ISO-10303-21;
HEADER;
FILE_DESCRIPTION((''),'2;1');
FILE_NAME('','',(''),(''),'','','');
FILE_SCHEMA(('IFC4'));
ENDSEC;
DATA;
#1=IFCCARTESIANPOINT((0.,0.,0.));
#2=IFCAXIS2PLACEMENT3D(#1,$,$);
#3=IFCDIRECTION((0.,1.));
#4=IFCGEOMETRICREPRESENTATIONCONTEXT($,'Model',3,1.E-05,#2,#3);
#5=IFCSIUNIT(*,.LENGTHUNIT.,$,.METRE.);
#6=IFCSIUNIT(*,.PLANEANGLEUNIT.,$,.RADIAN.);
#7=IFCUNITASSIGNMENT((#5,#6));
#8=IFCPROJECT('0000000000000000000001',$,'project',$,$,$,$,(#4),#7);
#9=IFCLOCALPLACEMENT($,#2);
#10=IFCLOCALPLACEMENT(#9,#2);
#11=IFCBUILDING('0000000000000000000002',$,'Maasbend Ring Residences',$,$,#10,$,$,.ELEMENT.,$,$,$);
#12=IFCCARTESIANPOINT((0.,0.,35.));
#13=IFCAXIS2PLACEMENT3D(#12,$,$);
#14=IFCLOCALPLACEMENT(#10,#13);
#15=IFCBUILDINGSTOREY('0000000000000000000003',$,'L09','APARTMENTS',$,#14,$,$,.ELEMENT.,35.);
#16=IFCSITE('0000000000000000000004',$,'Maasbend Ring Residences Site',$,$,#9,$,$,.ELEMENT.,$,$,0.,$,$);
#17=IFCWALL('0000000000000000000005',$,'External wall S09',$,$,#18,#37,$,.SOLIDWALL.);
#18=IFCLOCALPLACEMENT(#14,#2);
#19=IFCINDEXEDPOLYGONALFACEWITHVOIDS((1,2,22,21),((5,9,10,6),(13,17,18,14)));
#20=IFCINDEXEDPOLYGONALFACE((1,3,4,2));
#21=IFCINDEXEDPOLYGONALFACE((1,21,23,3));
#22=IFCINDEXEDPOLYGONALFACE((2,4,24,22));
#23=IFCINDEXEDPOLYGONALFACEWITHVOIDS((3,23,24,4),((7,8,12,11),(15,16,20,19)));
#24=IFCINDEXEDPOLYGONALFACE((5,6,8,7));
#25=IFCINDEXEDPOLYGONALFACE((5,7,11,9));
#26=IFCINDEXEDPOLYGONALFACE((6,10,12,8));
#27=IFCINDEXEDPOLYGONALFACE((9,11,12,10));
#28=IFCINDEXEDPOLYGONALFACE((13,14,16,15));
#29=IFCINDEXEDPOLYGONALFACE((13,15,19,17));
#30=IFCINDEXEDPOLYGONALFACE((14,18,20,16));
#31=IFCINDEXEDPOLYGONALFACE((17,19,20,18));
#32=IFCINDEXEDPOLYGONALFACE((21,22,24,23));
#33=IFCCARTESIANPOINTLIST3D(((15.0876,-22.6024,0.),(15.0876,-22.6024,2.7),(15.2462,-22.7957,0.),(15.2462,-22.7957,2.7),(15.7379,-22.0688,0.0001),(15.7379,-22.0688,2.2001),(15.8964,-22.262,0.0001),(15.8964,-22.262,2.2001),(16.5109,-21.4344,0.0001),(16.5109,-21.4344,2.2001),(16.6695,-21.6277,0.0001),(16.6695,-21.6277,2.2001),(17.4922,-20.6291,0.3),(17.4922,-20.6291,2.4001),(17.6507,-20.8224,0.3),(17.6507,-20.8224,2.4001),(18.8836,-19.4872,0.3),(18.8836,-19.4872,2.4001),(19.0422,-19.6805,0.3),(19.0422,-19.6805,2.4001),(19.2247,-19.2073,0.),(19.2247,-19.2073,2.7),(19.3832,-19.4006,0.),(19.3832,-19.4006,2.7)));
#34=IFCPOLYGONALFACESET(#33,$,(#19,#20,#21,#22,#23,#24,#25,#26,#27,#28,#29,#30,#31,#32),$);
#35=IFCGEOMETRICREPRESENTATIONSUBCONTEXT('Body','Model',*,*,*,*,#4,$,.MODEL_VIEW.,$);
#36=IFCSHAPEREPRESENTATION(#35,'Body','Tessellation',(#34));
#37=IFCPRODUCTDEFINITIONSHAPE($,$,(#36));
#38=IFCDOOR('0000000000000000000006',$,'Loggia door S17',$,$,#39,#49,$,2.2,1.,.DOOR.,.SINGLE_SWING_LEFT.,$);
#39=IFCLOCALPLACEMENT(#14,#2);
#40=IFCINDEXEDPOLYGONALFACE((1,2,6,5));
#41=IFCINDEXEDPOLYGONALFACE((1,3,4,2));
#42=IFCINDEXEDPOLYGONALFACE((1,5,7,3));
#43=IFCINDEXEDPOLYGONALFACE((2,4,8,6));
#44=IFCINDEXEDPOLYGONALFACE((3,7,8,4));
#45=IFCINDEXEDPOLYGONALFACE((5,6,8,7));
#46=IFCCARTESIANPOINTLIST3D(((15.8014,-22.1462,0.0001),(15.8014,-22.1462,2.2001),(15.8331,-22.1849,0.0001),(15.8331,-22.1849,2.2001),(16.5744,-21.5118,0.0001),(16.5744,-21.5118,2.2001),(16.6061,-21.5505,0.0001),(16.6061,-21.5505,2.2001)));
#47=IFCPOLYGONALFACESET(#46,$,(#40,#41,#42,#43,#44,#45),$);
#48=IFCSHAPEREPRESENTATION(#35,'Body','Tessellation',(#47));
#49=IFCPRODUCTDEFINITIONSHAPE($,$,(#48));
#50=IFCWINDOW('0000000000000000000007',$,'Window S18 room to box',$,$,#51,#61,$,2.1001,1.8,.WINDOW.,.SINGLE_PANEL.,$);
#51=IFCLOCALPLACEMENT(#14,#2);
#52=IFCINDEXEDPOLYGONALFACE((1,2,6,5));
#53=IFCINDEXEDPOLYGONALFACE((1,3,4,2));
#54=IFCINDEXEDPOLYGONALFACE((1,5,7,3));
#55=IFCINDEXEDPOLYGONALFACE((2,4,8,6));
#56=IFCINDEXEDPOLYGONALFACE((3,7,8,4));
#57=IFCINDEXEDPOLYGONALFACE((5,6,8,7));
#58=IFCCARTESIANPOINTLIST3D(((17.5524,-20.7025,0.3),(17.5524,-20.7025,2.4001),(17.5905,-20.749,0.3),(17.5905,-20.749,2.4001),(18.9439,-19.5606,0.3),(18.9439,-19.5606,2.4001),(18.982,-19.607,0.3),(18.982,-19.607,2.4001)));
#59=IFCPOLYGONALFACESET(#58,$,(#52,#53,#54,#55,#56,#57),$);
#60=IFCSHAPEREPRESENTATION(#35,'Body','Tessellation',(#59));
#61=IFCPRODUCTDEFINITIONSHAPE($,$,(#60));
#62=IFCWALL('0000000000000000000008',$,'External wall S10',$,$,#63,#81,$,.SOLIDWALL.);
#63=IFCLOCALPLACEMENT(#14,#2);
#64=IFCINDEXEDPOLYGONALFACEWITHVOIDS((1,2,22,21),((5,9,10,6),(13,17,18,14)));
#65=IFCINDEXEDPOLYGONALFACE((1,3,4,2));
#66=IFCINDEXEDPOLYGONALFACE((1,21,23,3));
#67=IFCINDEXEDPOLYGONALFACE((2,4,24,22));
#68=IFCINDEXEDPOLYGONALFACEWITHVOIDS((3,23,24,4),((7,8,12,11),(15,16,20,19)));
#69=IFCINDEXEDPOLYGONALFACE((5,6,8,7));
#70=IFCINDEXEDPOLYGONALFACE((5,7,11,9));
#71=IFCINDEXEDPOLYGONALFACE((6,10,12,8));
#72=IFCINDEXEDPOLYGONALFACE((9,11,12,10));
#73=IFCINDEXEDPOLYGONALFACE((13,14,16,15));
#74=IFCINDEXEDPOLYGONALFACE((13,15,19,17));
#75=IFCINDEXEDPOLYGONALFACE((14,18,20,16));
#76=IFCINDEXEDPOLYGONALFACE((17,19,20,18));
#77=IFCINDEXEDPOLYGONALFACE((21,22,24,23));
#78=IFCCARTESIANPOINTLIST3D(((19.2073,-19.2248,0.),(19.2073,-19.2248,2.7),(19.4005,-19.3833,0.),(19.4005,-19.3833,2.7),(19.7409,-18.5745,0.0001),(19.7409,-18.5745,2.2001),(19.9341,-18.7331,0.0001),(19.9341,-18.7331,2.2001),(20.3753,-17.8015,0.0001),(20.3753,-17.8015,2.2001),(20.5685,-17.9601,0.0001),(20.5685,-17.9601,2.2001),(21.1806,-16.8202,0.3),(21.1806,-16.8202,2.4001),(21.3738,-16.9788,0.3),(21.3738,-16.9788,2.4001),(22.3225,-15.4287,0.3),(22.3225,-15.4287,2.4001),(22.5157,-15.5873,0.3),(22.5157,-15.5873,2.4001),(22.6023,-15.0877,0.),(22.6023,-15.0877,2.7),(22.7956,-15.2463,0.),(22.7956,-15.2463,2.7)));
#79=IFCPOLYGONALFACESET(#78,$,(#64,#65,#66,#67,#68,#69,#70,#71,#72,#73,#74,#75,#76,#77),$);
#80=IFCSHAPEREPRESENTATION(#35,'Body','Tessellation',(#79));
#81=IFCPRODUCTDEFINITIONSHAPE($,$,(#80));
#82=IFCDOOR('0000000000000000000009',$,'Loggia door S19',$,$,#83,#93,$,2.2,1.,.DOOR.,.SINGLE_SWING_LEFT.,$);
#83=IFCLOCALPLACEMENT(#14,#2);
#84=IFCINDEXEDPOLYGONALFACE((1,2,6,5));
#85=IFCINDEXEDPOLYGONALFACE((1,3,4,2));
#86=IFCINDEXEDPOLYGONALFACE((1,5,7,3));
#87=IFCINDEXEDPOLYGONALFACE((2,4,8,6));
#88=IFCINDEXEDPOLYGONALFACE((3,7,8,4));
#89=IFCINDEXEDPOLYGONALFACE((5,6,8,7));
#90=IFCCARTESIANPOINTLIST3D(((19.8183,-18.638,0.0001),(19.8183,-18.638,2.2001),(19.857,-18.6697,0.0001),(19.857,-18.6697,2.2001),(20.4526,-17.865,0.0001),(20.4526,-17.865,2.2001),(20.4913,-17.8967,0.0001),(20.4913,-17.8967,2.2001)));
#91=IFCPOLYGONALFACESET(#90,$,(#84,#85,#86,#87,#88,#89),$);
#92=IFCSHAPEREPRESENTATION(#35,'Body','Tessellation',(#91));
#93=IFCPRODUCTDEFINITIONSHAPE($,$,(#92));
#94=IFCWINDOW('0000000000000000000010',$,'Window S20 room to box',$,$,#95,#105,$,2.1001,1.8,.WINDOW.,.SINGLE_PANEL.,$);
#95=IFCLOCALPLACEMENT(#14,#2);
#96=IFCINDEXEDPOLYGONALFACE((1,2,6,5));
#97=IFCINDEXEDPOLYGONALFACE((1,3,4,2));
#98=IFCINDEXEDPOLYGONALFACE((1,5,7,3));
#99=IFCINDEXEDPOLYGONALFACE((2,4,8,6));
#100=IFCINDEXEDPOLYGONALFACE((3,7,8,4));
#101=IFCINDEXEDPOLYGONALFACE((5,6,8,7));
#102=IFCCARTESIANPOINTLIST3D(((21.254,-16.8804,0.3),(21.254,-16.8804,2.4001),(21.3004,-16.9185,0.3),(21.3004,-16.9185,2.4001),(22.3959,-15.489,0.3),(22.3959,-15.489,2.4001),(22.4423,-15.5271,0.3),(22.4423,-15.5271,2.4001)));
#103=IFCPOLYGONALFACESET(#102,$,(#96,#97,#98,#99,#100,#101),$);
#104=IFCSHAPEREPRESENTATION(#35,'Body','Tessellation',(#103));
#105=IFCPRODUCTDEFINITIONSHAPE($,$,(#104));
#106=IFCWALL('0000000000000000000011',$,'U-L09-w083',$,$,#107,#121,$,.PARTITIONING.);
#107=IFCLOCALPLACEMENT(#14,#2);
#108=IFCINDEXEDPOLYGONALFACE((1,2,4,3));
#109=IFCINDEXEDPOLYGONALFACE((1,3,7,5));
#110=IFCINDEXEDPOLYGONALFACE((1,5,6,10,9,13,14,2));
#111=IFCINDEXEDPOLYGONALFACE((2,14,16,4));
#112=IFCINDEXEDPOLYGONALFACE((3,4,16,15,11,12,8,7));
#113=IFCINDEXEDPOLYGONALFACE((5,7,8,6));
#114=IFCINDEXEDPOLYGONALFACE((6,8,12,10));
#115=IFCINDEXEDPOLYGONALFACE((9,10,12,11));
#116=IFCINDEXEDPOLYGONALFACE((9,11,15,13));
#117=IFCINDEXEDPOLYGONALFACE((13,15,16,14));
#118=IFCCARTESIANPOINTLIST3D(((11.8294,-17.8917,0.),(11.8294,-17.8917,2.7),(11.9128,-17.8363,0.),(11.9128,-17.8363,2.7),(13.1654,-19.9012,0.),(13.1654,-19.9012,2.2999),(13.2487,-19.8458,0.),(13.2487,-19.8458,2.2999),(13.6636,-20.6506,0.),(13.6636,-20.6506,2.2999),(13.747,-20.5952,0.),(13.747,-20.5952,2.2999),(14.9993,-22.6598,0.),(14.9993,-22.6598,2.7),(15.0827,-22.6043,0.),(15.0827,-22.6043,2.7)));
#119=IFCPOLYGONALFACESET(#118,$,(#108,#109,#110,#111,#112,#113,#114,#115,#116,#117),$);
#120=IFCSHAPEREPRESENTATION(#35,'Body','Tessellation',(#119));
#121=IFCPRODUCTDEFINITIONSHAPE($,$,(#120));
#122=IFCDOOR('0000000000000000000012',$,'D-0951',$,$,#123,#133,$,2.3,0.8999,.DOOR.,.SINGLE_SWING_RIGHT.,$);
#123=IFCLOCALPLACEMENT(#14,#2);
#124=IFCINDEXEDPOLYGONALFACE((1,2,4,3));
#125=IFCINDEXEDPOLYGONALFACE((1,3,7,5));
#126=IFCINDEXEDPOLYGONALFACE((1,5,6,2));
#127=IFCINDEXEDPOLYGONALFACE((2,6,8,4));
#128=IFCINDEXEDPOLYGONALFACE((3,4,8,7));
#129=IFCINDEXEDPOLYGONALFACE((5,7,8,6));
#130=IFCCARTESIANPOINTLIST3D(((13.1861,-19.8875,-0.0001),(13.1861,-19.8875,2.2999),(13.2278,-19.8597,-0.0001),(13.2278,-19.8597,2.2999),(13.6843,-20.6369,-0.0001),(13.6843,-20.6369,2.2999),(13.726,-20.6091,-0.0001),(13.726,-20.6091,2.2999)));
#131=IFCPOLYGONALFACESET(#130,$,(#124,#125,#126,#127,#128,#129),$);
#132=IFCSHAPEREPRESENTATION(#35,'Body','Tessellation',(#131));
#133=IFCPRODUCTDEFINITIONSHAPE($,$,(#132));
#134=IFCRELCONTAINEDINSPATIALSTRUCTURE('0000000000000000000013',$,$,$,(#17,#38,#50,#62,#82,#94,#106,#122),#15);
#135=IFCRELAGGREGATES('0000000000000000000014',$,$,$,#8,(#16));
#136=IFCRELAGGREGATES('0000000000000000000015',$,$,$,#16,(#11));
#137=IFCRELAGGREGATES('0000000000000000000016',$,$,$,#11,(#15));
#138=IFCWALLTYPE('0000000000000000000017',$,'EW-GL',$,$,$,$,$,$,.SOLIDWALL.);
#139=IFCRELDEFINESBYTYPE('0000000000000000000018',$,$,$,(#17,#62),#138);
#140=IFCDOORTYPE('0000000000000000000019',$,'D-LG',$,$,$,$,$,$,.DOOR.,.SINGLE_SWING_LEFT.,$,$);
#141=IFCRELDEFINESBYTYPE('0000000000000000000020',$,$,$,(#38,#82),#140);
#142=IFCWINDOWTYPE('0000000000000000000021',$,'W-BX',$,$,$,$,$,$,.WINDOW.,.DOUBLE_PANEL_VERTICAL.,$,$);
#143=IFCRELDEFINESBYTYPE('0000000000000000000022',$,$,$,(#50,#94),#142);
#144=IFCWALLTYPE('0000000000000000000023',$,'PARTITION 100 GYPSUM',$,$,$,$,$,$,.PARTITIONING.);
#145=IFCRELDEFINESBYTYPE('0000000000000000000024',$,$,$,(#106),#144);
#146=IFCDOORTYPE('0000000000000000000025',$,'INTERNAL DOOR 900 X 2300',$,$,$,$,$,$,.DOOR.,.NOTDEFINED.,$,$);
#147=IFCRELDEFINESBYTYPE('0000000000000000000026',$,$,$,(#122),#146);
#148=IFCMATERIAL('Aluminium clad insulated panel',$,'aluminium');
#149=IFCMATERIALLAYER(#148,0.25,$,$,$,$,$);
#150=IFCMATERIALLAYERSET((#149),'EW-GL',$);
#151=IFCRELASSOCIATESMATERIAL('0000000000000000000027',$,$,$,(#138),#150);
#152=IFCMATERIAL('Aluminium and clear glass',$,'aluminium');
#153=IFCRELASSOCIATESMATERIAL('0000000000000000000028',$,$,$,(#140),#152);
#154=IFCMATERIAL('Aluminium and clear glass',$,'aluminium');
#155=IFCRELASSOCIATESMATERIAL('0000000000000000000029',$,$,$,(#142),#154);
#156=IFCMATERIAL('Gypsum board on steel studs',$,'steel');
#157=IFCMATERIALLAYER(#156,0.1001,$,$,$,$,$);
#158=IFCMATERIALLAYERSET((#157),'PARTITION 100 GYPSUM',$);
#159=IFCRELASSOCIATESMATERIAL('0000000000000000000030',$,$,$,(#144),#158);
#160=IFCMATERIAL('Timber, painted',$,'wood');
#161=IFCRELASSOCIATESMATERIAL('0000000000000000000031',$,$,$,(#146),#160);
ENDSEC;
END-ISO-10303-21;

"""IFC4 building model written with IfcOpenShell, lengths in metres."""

from ifc_helpers import new_model, si_unit, direction, frame, frame_2d, origin, place, context, subcontext, project, spatial, rectangle, extrude, material, layer, layer_set, type_object, element, fill, save


model = new_model("IFC4")

# Units and contexts
model_context = context("Model", 3, precision=1e-05, world=origin(), true_north=direction((0.0, 1.0)))
body_context = subcontext(model_context, "Body", "Model", "MODEL_VIEW")
ifc_project = project(units=[si_unit("LENGTHUNIT", "METRE"), si_unit("PLANEANGLEUNIT", "RADIAN")], contexts=[model_context])

# Site, building, storey
site_placement = place(None, origin())
site = spatial("IfcSite", under=ifc_project, at=site_placement, Name="Maasbend Ring Residences Site", CompositionType="ELEMENT", RefElevation=0.0)
building_placement = place(site_placement, origin())
building = spatial("IfcBuilding", under=site, at=building_placement, Name="Maasbend Ring Residences", CompositionType="ELEMENT")
storey_placement = place(building_placement, frame((0.0, 0.0, 35.0)))
storey = spatial("IfcBuildingStorey", under=building, at=storey_placement, Name="L09", Description="APARTMENTS", CompositionType="ELEMENT", Elevation=35.0)

# Walls, openings, doors, windows
ifc_material_1 = material(Name="Aluminium clad insulated panel", Category="aluminium")
ifc_layer_1 = layer(ifc_material_1, 0.25)
ifc_layer_set_1 = layer_set([ifc_layer_1], Name="EW-GL")
wall_type_1 = type_object("IfcWallType", Name="EW-GL", PredefinedType="SOLIDWALL", material=ifc_layer_set_1)
ifc_material_2 = material(Name="Aluminium and clear glass", Category="aluminium")
door_type_1 = type_object("IfcDoorType", Name="D-LG", OperationType="SINGLE_SWING_LEFT", PredefinedType="DOOR", material=ifc_material_2)
ifc_material_3 = material(Name="Aluminium and clear glass", Category="aluminium")
window_type_1 = type_object("IfcWindowType", Name="W-BX", PartitioningType="DOUBLE_PANEL_VERTICAL", PredefinedType="WINDOW", material=ifc_material_3)
wall_1_placement = place(storey_placement, frame((15.167, -22.699, 0.0), z_axis=(0.0, 0.0, 1.0), x_axis=(0.773019, 0.634382, 0.0)))
wall_1 = element("IfcWall", 1, at=wall_1_placement, inside=storey, type_object=wall_type_1, Name="External wall S09", PredefinedType="SOLIDWALL", context=body_context, shape_type="SweptSolid", body=[
    extrude(rectangle(XDim=5.3518, YDim=0.25, at=frame_2d((2.6758, 0.0))), origin(), (0.0, 0.0, 1.0), 2.7),
])
opening_1_placement = place(wall_1_placement, frame((0.8411, 0.0, 0.0)))
opening_1 = element("IfcOpeningElement", 2, at=opening_1_placement, cuts=wall_1, PredefinedType="OPENING", context=body_context, shape_type="SweptSolid", body=[
    extrude(rectangle(XDim=1.0, YDim=2.2, at=frame_2d((0.5, 1.1001))), frame((0.0, 0.135, 0.0), z_axis=(0.0, -1.0, 0.0), x_axis=(1.0, 0.0, 0.0)), (0.0, 0.0, 1.0), 0.27),
])
opening_2_placement = place(wall_1_placement, frame((3.1106, 0.0, 0.3)))
opening_2 = element("IfcOpeningElement", 3, at=opening_2_placement, cuts=wall_1, PredefinedType="OPENING", context=body_context, shape_type="SweptSolid", body=[
    extrude(rectangle(XDim=1.8, YDim=2.1001, at=frame_2d((0.8999, 1.05))), frame((0.0, 0.135, 0.0), z_axis=(0.0, -1.0, 0.0), x_axis=(1.0, 0.0, 0.0)), (0.0, 0.0, 1.0), 0.27),
])
door_1_placement = place(opening_1_placement, origin())
door_1 = element("IfcDoor", 4, at=door_1_placement, inside=storey, type_object=door_type_1, Name="Loggia door S17", OperationType="SINGLE_SWING_LEFT", OverallHeight=2.2, OverallWidth=1.0, PredefinedType="DOOR", context=body_context, shape_type="SweptSolid", body=[
    extrude(rectangle(XDim=1.0, YDim=2.2, at=frame_2d((0.5, 1.1001))), frame((0.0, 0.0249, 0.0), z_axis=(0.0, -1.0, 0.0), x_axis=(1.0, 0.0, 0.0)), (0.0, 0.0, 1.0), 0.05),
])
fill(opening_1, door_1)
window_1_placement = place(opening_2_placement, origin())
window_1 = element("IfcWindow", 5, at=window_1_placement, inside=storey, type_object=window_type_1, Name="Window S18 room to box", OverallHeight=2.1001, OverallWidth=1.8, PartitioningType="SINGLE_PANEL", PredefinedType="WINDOW", context=body_context, shape_type="SweptSolid", body=[
    extrude(rectangle(XDim=1.8, YDim=2.1001, at=frame_2d((0.8999, 1.05))), frame((0.0, 0.03, 0.0), z_axis=(0.0, -1.0, 0.0), x_axis=(1.0, 0.0, 0.0)), (0.0, 0.0, 1.0), 0.0601),
])
fill(opening_2, window_1)
wall_2_placement = place(storey_placement, frame((19.304, -19.304, 0.0), z_axis=(0.0, 0.0, 1.0), x_axis=(0.634382, 0.773019, 0.0)))
wall_2 = element("IfcWall", 6, at=wall_2_placement, inside=storey, type_object=wall_type_1, Name="External wall S10", PredefinedType="SOLIDWALL", context=body_context, shape_type="SweptSolid", body=[
    extrude(rectangle(XDim=5.3518, YDim=0.25, at=frame_2d((2.6758, 0.0))), origin(), (0.0, 0.0, 1.0), 2.7),
])
opening_3_placement = place(wall_2_placement, frame((0.8411, 0.0, 0.0)))
opening_3 = element("IfcOpeningElement", 7, at=opening_3_placement, cuts=wall_2, PredefinedType="OPENING", context=body_context, shape_type="SweptSolid", body=[
    extrude(rectangle(XDim=1.0, YDim=2.2, at=frame_2d((0.5, 1.1001))), frame((0.0, 0.135, 0.0), z_axis=(0.0, -1.0, 0.0), x_axis=(1.0, 0.0, 0.0)), (0.0, 0.0, 1.0), 0.27),
])
opening_4_placement = place(wall_2_placement, frame((3.1106, 0.0, 0.3)))
opening_4 = element("IfcOpeningElement", 8, at=opening_4_placement, cuts=wall_2, PredefinedType="OPENING", context=body_context, shape_type="SweptSolid", body=[
    extrude(rectangle(XDim=1.8, YDim=2.1001, at=frame_2d((0.8999, 1.05))), frame((0.0, 0.135, 0.0), z_axis=(0.0, -1.0, 0.0), x_axis=(1.0, 0.0, 0.0)), (0.0, 0.0, 1.0), 0.27),
])
door_2_placement = place(opening_3_placement, origin())
door_2 = element("IfcDoor", 9, at=door_2_placement, inside=storey, type_object=door_type_1, Name="Loggia door S19", OperationType="SINGLE_SWING_LEFT", OverallHeight=2.2, OverallWidth=1.0, PredefinedType="DOOR", context=body_context, shape_type="SweptSolid", body=[
    extrude(rectangle(XDim=1.0, YDim=2.2, at=frame_2d((0.5, 1.1001))), frame((0.0, 0.0249, 0.0), z_axis=(0.0, -1.0, 0.0), x_axis=(1.0, 0.0, 0.0)), (0.0, 0.0, 1.0), 0.05),
])
fill(opening_3, door_2)
window_2_placement = place(opening_4_placement, origin())
window_2 = element("IfcWindow", 10, at=window_2_placement, inside=storey, type_object=window_type_1, Name="Window S20 room to box", OverallHeight=2.1001, OverallWidth=1.8, PartitioningType="SINGLE_PANEL", PredefinedType="WINDOW", context=body_context, shape_type="SweptSolid", body=[
    extrude(rectangle(XDim=1.8, YDim=2.1001, at=frame_2d((0.8999, 1.05))), frame((0.0, 0.03, 0.0), z_axis=(0.0, -1.0, 0.0), x_axis=(1.0, 0.0, 0.0)), (0.0, 0.0, 1.0), 0.0601),
])
fill(opening_4, window_2)

# Wall, opening, door
ifc_material_4 = material(Name="Gypsum board on steel studs", Category="steel")
ifc_layer_2 = layer(ifc_material_4, 0.1001)
ifc_layer_set_2 = layer_set([ifc_layer_2], Name="PARTITION 100 GYPSUM")
wall_type_2 = type_object("IfcWallType", Name="PARTITION 100 GYPSUM", PredefinedType="PARTITIONING", material=ifc_layer_set_2)
wall_3_placement = place(storey_placement, frame((11.8711, -17.864, 0.0), z_axis=(0.0, 0.0, 1.0), x_axis=(0.553637, -0.832758, 0.0)))
wall_3 = element("IfcWall", 11, at=wall_3_placement, inside=storey, type_object=wall_type_2, Name="U-L09-w083", PredefinedType="PARTITIONING", context=body_context, shape_type="SweptSolid", body=[
    extrude(rectangle(XDim=5.7256, YDim=0.1001, at=frame_2d((2.8628, 0.0))), origin(), (0.0, 0.0, 1.0), 2.7),
])
opening_5_placement = place(wall_3_placement, frame((2.4131, 0.0, 0.0)))
opening_5 = element("IfcOpeningElement", 12, at=opening_5_placement, cuts=wall_3, PredefinedType="OPENING", context=body_context, shape_type="SweptSolid", body=[
    extrude(rectangle(XDim=0.8999, YDim=2.3, at=frame_2d((0.45, 1.1499))), frame((0.0, 0.0601, 0.0), z_axis=(0.0, -1.0, 0.0), x_axis=(1.0, 0.0, 0.0)), (0.0, 0.0, 1.0), 0.1201),
])
ifc_material_5 = material(Name="Timber, painted", Category="wood")
door_type_2 = type_object("IfcDoorType", Name="INTERNAL DOOR 900 X 2300", OperationType="NOTDEFINED", PredefinedType="DOOR", material=ifc_material_5)
door_3_placement = place(opening_5_placement, origin())
door_3 = element("IfcDoor", 13, at=door_3_placement, inside=storey, type_object=door_type_2, Name="D-0951", OperationType="SINGLE_SWING_RIGHT", OverallHeight=2.3, OverallWidth=0.8999, PredefinedType="DOOR", context=body_context, shape_type="SweptSolid", body=[
    extrude(rectangle(XDim=0.8999, YDim=2.3, at=frame_2d((0.45, 1.1499))), frame((0.0, 0.0249, 0.0), z_axis=(0.0, -1.0, 0.0), x_axis=(1.0, 0.0, 0.0)), (0.0, 0.0, 1.0), 0.05),
])
fill(opening_5, door_3)

save(model, "model.ifc")
